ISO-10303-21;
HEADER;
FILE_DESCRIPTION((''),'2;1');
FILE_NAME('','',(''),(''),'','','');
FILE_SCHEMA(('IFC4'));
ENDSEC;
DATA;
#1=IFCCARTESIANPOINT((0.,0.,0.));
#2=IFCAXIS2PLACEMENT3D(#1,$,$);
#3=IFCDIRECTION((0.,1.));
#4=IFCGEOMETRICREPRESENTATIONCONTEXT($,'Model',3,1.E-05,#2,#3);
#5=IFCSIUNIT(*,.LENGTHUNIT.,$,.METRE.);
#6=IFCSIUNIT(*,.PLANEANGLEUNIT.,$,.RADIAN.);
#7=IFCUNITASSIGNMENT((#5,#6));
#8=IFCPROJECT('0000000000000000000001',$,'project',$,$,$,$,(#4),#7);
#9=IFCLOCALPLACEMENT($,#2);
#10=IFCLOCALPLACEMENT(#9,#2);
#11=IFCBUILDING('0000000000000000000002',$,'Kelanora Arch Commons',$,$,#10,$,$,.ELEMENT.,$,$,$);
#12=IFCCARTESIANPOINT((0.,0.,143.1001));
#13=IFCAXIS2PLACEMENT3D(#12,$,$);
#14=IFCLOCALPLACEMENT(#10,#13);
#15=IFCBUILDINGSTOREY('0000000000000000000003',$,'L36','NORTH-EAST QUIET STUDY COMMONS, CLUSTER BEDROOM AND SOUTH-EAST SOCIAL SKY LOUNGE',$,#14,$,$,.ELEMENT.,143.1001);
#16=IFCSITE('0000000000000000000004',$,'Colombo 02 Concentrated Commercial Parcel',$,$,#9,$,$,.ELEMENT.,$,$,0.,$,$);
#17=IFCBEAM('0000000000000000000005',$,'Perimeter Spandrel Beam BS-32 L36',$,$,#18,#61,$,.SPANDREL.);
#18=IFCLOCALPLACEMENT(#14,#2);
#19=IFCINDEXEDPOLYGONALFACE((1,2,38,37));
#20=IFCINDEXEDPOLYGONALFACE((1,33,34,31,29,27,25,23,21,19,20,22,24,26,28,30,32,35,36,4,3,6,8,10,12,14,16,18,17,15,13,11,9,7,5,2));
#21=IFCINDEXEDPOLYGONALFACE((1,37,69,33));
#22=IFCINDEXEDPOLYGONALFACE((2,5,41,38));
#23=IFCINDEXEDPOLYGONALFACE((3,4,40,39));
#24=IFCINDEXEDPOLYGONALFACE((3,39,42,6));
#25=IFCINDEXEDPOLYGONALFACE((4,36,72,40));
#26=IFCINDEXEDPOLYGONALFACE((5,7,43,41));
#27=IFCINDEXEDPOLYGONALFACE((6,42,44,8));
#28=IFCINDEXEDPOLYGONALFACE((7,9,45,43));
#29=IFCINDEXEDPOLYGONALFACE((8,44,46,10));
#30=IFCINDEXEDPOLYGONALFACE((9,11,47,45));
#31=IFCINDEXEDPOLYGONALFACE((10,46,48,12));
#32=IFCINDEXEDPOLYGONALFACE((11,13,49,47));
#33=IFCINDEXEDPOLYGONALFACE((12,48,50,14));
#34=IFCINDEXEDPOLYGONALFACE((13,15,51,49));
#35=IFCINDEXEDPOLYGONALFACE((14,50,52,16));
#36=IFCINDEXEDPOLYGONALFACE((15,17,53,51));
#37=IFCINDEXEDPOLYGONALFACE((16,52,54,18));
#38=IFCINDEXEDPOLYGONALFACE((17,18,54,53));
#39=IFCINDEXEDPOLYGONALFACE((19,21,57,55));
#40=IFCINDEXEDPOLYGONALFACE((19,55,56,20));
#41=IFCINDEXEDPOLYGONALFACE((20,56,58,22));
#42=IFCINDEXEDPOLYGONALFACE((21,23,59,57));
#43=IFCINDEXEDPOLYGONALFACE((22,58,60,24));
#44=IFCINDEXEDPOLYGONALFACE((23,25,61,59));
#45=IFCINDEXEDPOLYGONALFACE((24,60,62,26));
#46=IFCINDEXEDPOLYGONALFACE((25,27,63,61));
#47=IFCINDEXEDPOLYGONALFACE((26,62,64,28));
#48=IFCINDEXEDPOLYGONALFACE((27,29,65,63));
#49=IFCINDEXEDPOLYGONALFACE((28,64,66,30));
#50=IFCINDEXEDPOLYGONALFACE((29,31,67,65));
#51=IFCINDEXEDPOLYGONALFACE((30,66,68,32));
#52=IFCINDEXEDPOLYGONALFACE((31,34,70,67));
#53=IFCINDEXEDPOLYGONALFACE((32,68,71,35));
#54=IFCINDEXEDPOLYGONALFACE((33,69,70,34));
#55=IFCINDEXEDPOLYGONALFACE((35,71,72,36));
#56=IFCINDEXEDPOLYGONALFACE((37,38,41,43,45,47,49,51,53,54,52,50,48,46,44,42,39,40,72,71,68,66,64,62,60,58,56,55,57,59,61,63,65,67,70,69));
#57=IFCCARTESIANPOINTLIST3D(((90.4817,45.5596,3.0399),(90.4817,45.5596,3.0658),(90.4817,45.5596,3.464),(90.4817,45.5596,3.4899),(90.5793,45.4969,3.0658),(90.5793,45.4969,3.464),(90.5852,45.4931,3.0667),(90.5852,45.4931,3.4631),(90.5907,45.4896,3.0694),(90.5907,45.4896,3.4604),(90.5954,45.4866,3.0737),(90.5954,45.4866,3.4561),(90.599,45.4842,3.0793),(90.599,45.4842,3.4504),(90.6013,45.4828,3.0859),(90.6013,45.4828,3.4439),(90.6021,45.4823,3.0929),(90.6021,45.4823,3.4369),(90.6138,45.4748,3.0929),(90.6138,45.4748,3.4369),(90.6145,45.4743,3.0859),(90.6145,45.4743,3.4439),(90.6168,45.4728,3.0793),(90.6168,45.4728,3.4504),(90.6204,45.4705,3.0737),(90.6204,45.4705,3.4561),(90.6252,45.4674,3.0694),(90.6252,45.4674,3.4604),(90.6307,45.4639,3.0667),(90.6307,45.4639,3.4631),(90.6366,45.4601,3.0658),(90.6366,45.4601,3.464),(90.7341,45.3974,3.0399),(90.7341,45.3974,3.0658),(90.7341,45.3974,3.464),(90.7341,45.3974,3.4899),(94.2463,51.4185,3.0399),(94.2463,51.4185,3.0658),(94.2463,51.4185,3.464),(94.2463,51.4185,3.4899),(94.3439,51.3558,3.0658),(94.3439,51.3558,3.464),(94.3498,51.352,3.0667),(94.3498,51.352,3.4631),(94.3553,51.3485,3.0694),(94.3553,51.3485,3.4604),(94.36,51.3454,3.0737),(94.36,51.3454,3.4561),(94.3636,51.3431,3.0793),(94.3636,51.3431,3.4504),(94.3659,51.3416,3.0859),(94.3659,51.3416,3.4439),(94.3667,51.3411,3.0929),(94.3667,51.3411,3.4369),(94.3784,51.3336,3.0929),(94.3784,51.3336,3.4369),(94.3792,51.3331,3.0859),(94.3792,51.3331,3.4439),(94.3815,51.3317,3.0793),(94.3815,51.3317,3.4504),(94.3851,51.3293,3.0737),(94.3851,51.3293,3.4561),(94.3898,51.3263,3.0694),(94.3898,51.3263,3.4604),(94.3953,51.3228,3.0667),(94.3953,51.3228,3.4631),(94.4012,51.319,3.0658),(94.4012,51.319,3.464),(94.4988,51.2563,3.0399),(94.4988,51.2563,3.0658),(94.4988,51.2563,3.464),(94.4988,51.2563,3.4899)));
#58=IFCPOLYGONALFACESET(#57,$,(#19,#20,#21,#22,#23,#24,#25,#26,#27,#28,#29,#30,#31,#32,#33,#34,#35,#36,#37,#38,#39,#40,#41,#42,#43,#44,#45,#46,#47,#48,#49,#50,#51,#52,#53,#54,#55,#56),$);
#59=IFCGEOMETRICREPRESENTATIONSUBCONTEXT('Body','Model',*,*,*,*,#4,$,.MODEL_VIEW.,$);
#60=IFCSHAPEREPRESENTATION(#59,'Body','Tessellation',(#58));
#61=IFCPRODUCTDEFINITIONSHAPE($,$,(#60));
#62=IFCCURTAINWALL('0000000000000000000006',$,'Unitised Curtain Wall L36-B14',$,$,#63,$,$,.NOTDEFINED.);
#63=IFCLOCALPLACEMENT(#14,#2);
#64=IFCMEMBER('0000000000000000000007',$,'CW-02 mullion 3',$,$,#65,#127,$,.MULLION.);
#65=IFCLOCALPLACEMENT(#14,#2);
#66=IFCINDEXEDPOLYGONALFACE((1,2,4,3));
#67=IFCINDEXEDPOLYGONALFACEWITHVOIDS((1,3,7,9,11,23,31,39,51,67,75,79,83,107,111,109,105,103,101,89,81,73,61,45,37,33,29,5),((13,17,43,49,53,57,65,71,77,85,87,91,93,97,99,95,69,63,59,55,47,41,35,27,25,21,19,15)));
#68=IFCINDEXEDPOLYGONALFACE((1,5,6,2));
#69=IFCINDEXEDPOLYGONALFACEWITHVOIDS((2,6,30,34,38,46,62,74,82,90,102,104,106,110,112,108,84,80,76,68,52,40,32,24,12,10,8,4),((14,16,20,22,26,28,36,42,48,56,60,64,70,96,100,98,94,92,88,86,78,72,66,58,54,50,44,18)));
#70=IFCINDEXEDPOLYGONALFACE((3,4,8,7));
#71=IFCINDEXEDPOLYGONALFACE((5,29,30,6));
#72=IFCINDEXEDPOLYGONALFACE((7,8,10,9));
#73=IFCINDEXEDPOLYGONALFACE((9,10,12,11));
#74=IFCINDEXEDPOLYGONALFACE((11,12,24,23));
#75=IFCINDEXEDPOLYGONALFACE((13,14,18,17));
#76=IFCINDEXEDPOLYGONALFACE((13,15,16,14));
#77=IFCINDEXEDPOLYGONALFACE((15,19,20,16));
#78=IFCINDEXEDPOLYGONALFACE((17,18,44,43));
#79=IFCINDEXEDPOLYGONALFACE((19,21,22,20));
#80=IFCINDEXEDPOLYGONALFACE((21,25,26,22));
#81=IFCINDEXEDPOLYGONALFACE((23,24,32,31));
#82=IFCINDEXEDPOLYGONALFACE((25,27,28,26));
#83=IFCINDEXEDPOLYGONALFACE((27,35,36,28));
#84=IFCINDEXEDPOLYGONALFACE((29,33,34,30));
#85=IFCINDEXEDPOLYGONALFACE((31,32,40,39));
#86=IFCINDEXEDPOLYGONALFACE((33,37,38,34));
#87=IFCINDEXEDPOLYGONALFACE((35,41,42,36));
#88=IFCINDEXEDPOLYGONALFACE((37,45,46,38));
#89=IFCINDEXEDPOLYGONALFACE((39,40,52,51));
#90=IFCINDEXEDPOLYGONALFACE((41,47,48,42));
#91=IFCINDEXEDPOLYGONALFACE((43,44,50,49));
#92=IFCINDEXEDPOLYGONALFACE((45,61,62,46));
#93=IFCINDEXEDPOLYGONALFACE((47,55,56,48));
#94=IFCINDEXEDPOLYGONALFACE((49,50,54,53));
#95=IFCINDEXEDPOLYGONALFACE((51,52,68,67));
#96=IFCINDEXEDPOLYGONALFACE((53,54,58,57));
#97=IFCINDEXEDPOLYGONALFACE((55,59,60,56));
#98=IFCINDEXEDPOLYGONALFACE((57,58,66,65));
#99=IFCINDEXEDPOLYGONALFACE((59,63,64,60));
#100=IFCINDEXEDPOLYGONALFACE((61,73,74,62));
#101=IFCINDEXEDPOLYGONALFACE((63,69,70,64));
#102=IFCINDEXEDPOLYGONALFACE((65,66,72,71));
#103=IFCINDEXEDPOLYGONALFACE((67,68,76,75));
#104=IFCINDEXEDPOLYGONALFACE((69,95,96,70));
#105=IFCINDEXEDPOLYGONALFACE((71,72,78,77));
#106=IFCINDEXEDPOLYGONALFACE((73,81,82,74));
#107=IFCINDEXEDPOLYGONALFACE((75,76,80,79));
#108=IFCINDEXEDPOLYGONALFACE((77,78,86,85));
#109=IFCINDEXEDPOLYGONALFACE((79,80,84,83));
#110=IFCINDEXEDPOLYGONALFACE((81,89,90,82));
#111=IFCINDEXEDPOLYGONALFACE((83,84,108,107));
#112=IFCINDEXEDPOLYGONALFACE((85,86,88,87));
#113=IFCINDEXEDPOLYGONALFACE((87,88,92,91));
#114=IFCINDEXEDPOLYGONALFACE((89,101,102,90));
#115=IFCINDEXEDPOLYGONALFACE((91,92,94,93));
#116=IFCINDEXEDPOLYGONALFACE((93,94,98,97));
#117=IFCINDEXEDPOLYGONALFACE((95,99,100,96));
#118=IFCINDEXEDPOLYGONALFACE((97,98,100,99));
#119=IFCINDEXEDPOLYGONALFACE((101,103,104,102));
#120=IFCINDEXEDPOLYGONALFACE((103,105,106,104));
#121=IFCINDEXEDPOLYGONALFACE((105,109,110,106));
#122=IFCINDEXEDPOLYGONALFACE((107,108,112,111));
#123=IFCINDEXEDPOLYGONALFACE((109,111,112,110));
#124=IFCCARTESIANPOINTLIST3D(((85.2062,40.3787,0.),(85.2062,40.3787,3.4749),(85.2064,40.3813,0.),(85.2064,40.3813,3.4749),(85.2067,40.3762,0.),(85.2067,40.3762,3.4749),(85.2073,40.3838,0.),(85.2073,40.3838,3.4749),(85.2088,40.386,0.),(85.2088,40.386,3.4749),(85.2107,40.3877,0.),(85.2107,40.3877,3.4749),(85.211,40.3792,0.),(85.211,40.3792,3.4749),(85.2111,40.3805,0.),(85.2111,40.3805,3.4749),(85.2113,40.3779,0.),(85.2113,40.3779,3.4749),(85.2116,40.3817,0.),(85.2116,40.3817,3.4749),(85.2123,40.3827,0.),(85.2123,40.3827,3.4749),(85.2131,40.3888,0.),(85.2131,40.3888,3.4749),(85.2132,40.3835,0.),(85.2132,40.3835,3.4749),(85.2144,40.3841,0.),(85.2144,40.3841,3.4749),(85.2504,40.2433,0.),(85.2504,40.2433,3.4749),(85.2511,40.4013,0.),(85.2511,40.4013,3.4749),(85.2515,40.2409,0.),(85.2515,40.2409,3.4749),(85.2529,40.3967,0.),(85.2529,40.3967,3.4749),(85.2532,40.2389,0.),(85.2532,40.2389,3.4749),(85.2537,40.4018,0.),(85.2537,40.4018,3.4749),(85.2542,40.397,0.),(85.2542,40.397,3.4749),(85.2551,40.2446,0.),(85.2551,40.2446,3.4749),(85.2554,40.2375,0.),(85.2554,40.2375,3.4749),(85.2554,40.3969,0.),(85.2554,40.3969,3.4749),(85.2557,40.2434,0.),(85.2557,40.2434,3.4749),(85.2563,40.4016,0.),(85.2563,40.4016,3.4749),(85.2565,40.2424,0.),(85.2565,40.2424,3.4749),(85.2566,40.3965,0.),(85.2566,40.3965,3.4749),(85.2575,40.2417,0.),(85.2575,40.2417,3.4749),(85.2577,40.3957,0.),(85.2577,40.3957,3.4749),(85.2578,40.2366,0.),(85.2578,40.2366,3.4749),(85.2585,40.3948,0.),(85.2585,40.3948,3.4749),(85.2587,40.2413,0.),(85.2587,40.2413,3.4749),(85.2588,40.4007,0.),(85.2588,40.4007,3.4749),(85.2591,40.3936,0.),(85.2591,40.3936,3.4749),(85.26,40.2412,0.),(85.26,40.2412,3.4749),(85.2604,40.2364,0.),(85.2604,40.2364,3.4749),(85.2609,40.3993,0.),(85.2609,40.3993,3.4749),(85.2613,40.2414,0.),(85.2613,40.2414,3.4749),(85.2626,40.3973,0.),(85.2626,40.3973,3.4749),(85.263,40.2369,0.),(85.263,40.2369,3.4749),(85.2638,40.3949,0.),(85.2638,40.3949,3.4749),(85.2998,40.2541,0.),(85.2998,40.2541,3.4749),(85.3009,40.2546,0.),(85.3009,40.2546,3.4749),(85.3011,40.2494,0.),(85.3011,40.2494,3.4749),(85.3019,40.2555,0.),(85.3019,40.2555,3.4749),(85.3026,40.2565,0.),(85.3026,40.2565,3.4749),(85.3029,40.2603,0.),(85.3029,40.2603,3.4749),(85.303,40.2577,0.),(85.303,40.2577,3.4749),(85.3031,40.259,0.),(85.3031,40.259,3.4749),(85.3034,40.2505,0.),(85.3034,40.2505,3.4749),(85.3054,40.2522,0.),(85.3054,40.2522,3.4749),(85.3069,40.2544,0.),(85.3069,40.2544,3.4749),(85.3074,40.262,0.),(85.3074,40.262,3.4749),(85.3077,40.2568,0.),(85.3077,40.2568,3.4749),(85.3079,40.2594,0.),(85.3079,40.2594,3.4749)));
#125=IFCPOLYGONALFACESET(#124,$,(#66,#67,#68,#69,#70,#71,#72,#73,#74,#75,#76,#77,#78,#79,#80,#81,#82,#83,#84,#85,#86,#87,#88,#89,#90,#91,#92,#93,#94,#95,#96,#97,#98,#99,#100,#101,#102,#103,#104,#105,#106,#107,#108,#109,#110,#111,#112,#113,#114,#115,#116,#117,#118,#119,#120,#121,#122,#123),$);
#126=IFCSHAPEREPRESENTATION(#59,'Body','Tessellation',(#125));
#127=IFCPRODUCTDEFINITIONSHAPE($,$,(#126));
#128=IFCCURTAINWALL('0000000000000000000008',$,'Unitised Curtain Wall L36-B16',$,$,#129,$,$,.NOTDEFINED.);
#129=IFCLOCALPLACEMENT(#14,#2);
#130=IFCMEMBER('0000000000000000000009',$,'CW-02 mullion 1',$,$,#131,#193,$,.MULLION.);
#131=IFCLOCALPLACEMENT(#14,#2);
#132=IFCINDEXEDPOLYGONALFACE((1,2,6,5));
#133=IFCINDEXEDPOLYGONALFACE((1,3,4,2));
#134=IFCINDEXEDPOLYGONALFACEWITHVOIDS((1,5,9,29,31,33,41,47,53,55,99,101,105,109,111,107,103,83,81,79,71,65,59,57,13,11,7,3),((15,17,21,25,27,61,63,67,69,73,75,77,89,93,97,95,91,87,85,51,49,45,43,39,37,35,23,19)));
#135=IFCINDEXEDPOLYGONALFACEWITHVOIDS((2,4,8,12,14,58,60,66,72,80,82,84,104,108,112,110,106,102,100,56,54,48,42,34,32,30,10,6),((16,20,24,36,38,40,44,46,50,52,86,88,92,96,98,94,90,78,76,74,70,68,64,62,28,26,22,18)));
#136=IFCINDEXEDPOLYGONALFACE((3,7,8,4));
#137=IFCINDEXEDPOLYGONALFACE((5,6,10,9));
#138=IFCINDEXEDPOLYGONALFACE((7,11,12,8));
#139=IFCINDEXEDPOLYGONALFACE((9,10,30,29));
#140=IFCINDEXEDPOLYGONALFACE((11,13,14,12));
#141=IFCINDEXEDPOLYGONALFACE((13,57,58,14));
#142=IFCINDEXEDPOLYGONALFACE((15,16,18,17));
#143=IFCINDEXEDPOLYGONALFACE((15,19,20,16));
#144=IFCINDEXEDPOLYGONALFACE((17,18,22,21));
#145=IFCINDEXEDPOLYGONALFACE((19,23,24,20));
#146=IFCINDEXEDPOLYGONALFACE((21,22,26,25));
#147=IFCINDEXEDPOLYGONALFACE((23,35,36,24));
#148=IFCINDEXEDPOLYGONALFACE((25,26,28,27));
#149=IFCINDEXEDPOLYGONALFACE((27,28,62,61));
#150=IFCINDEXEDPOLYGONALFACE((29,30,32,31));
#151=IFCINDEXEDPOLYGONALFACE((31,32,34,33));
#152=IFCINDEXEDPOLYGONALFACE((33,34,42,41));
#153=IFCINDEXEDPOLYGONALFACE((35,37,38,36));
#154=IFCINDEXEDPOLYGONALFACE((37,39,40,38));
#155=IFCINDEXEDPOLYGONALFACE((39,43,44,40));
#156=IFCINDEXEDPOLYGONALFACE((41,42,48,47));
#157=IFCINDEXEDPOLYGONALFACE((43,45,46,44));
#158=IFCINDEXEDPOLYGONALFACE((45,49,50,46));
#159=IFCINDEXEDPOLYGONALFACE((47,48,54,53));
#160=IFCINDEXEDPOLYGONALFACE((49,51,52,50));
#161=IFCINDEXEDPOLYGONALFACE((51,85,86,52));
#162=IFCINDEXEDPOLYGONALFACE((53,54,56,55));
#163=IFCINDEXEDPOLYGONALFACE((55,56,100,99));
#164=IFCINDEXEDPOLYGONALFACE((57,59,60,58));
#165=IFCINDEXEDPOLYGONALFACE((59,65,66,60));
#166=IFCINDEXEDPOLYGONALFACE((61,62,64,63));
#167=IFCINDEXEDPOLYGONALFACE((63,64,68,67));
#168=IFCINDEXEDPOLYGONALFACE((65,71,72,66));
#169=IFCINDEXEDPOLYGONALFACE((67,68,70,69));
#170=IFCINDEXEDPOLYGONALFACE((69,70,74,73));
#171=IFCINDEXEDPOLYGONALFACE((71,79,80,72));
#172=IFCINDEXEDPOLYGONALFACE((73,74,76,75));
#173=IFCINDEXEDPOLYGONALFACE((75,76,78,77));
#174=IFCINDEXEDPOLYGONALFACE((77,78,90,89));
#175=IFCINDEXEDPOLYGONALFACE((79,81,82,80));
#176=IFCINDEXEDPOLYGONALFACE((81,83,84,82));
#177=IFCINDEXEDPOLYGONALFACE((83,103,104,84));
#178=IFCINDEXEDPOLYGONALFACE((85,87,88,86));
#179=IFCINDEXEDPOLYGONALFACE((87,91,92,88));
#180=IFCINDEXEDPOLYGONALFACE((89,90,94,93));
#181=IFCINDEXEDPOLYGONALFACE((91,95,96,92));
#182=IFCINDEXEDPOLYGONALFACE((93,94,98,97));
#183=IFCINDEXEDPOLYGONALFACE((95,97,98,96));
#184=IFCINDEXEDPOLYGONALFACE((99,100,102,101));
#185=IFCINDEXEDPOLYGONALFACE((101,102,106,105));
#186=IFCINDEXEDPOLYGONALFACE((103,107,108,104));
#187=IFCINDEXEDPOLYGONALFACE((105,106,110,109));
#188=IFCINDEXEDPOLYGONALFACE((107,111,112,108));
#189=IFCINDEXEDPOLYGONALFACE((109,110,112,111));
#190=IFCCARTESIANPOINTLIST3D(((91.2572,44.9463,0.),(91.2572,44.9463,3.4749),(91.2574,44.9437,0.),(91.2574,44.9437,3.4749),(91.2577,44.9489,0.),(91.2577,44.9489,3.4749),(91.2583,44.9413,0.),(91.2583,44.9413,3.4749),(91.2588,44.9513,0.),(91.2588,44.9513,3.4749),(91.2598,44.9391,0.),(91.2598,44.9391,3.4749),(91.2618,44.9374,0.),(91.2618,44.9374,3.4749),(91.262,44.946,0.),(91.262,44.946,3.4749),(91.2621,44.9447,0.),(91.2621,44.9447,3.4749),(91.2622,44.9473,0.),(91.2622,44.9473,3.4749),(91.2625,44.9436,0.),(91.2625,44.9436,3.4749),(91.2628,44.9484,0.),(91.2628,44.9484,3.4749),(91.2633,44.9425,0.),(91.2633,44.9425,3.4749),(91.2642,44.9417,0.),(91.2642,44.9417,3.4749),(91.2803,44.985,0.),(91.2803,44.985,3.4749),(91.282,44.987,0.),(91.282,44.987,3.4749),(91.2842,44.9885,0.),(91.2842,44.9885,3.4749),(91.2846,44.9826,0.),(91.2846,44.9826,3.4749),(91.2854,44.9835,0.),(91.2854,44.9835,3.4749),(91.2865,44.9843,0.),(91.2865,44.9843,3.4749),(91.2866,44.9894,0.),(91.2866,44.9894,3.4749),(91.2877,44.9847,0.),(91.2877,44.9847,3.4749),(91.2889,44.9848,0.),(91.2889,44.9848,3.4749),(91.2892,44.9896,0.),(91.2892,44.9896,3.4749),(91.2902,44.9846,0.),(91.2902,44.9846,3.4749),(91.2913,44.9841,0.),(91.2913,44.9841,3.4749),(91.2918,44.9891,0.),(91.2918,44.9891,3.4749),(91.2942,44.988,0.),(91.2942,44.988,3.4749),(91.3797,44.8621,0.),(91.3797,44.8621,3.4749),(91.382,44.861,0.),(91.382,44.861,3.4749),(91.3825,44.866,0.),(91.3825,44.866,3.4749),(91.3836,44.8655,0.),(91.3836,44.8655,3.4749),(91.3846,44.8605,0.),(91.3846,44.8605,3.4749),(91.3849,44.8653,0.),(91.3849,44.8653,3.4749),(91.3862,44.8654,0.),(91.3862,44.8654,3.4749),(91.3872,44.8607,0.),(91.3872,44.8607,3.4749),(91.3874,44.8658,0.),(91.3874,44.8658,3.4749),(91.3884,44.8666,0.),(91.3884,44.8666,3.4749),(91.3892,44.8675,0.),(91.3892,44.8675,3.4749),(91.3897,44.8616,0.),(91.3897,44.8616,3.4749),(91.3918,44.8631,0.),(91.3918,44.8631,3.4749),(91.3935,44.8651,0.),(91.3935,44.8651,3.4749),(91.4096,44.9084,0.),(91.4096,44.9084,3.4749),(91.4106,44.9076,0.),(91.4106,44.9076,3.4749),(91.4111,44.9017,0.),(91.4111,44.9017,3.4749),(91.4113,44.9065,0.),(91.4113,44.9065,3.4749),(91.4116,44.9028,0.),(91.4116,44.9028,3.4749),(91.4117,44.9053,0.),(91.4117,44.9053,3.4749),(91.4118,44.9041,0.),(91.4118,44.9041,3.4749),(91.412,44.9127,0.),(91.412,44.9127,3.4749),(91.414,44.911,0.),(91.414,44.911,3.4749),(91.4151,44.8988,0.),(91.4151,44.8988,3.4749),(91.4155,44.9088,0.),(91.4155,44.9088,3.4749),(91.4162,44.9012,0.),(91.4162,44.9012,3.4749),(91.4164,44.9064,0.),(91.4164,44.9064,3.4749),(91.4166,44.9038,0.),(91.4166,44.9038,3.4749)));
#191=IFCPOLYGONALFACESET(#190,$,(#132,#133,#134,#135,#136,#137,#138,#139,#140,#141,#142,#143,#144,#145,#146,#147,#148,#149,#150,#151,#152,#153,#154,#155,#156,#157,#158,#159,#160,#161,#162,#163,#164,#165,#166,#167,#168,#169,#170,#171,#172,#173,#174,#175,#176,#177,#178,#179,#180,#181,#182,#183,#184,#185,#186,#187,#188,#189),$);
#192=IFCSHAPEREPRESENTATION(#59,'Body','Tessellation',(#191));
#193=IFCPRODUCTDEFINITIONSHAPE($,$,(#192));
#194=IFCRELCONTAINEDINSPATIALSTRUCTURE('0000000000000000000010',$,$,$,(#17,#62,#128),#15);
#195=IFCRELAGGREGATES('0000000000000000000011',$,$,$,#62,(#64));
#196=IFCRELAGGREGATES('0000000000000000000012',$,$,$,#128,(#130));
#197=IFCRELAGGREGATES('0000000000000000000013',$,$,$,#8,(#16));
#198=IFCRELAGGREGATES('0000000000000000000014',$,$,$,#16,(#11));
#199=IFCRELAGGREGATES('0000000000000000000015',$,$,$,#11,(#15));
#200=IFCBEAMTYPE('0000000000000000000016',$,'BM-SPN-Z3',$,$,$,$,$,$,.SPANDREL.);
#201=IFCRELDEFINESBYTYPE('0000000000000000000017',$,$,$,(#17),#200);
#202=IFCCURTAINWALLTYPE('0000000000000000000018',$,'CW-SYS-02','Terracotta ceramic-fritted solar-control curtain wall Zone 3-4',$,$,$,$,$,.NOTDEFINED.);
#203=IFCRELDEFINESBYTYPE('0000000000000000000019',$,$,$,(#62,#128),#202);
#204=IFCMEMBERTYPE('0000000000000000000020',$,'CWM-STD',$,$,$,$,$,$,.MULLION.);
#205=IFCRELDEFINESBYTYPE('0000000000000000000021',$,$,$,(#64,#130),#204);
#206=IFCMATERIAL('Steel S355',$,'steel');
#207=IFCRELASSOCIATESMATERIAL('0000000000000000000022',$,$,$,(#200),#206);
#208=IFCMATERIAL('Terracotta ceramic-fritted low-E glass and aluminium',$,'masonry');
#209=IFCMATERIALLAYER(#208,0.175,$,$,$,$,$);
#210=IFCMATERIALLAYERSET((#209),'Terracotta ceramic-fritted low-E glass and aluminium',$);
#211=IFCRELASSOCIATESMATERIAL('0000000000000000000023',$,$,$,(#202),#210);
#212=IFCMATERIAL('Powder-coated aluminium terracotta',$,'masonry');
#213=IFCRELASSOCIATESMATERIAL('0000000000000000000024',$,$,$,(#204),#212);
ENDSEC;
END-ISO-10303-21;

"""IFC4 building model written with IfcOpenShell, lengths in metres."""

from ifc_helpers import new_model, si_unit, direction, frame, origin, origin_2d, place, context, subcontext, project, spatial, hollow_rectangle, i_section, extrude, material, layer, layer_set, material_profile, profile_set, type_object, element, aggregate, save


model = new_model("IFC4")

# Units and contexts
model_context = context("Model", 3, precision=1e-05, world=origin(), true_north=direction((0.0, 1.0)))
body_context = subcontext(model_context, "Body", "Model", "MODEL_VIEW")
ifc_project = project(units=[si_unit("LENGTHUNIT", "METRE"), si_unit("PLANEANGLEUNIT", "RADIAN")], contexts=[model_context])

# Site, building, storey
site_placement = place(None, origin())
site = spatial("IfcSite", under=ifc_project, at=site_placement, Name="Colombo 02 Concentrated Commercial Parcel", CompositionType="ELEMENT", RefElevation=0.0)
building_placement = place(site_placement, origin())
building = spatial("IfcBuilding", under=site, at=building_placement, Name="Kelanora Arch Commons", CompositionType="ELEMENT")
storey_placement = place(building_placement, frame((0.0, 0.0, 143.1001)))
storey = spatial("IfcBuildingStorey", under=building, at=storey_placement, Name="L36", Description="NORTH-EAST QUIET STUDY COMMONS, CLUSTER BEDROOM AND SOUTH-EAST SOCIAL SKY LOUNGE", CompositionType="ELEMENT", Elevation=143.1001)

# Beam
ifc_material_1 = material(Name="Steel S355", Category="steel")
ifc_material_profile_1 = material_profile(ifc_material_1, i_section(OverallWidth=0.3, OverallDepth=0.45, WebThickness=0.0139, FlangeThickness=0.0259, FilletRadius=0.0271, at=origin_2d()), Name="HEB450")
ifc_profile_set_1 = profile_set([ifc_material_profile_1], Name="Steel S355")
beam_type_1 = type_object("IfcBeamType", Name="BM-SPN-Z3", PredefinedType="SPANDREL", material=ifc_profile_set_1)
beam_1_placement = place(storey_placement, frame((90.6079, 45.4785, 3.2649), z_axis=(0.540577, 0.841295, 0.0), x_axis=(-0.841295, 0.540577, 0.0)))
element("IfcBeam", 1, at=beam_1_placement, inside=storey, type_object=beam_type_1, Name="Perimeter Spandrel Beam BS-32 L36", PredefinedType="SPANDREL", context=body_context, shape_type="SweptSolid", body=[
    extrude(i_section(OverallWidth=0.3, OverallDepth=0.45, WebThickness=0.0139, FlangeThickness=0.0259, FilletRadius=0.0271, at=origin_2d()), origin(), (0.0, 0.0, 1.0), 6.9641),
])

# Curtain wall, member
ifc_material_2 = material(Name="Terracotta ceramic-fritted low-E glass and aluminium", Category="masonry")
ifc_layer_1 = layer(ifc_material_2, 0.175)
ifc_layer_set_1 = layer_set([ifc_layer_1], Name="Terracotta ceramic-fritted low-E glass and aluminium")
curtain_wall_type = type_object("IfcCurtainWallType", Name="CW-SYS-02", Description="Terracotta ceramic-fritted solar-control curtain wall Zone 3-4", PredefinedType="NOTDEFINED", material=ifc_layer_set_1)
curtain_wall_1_placement = place(storey_placement, origin())
curtain_wall_1 = element("IfcCurtainWall", 2, at=curtain_wall_1_placement, inside=storey, type_object=curtain_wall_type, Name="Unitised Curtain Wall L36-B14", PredefinedType="NOTDEFINED")
ifc_material_3 = material(Name="Powder-coated aluminium terracotta", Category="masonry")
ifc_material_profile_2 = material_profile(ifc_material_3, hollow_rectangle(XDim=0.1599, YDim=0.0601, WallThickness=0.0049, InnerFilletRadius=0.0049, OuterFilletRadius=0.01, at=origin_2d()), Name="CWM160x60")
ifc_profile_set_2 = profile_set([ifc_material_profile_2], Name="Powder-coated aluminium terracotta")
member_type_1 = type_object("IfcMemberType", Name="CWM-STD", PredefinedType="MULLION", material=ifc_profile_set_2)
member_1_placement = place(storey_placement, frame((85.2571, 40.3191, 0.0), z_axis=(0.0, 0.0, 1.0), x_axis=(-0.312128, 0.95004, 0.0)))
member_1 = element("IfcMember", 3, at=member_1_placement, type_object=member_type_1, Name="CW-02 mullion 3", PredefinedType="MULLION", context=body_context, shape_type="SweptSolid", body=[
    extrude(hollow_rectangle(XDim=0.1599, YDim=0.0601, WallThickness=0.0049, InnerFilletRadius=0.0049, OuterFilletRadius=0.01, at=origin_2d()), origin(), (0.0, 0.0, 1.0), 3.4749),
])

# Curtain wall, member
curtain_wall_2_placement = place(storey_placement, origin())
curtain_wall_2 = element("IfcCurtainWall", 4, at=curtain_wall_2_placement, inside=storey, type_object=curtain_wall_type, Name="Unitised Curtain Wall L36-B16", PredefinedType="NOTDEFINED")
member_2_placement = place(storey_placement, frame((91.3369, 44.925, 0.0), z_axis=(0.0, 0.0, 1.0), x_axis=(-0.842423, 0.538817, 0.0)))
member_2 = element("IfcMember", 5, at=member_2_placement, type_object=member_type_1, Name="CW-02 mullion 1", PredefinedType="MULLION", context=body_context, shape_type="SweptSolid", body=[
    extrude(hollow_rectangle(XDim=0.1599, YDim=0.0601, WallThickness=0.0049, InnerFilletRadius=0.0049, OuterFilletRadius=0.01, at=origin_2d()), origin(), (0.0, 0.0, 1.0), 3.4749),
])

aggregate(curtain_wall_1, [member_1])
aggregate(curtain_wall_2, [member_2])

save(model, "model.ifc")
